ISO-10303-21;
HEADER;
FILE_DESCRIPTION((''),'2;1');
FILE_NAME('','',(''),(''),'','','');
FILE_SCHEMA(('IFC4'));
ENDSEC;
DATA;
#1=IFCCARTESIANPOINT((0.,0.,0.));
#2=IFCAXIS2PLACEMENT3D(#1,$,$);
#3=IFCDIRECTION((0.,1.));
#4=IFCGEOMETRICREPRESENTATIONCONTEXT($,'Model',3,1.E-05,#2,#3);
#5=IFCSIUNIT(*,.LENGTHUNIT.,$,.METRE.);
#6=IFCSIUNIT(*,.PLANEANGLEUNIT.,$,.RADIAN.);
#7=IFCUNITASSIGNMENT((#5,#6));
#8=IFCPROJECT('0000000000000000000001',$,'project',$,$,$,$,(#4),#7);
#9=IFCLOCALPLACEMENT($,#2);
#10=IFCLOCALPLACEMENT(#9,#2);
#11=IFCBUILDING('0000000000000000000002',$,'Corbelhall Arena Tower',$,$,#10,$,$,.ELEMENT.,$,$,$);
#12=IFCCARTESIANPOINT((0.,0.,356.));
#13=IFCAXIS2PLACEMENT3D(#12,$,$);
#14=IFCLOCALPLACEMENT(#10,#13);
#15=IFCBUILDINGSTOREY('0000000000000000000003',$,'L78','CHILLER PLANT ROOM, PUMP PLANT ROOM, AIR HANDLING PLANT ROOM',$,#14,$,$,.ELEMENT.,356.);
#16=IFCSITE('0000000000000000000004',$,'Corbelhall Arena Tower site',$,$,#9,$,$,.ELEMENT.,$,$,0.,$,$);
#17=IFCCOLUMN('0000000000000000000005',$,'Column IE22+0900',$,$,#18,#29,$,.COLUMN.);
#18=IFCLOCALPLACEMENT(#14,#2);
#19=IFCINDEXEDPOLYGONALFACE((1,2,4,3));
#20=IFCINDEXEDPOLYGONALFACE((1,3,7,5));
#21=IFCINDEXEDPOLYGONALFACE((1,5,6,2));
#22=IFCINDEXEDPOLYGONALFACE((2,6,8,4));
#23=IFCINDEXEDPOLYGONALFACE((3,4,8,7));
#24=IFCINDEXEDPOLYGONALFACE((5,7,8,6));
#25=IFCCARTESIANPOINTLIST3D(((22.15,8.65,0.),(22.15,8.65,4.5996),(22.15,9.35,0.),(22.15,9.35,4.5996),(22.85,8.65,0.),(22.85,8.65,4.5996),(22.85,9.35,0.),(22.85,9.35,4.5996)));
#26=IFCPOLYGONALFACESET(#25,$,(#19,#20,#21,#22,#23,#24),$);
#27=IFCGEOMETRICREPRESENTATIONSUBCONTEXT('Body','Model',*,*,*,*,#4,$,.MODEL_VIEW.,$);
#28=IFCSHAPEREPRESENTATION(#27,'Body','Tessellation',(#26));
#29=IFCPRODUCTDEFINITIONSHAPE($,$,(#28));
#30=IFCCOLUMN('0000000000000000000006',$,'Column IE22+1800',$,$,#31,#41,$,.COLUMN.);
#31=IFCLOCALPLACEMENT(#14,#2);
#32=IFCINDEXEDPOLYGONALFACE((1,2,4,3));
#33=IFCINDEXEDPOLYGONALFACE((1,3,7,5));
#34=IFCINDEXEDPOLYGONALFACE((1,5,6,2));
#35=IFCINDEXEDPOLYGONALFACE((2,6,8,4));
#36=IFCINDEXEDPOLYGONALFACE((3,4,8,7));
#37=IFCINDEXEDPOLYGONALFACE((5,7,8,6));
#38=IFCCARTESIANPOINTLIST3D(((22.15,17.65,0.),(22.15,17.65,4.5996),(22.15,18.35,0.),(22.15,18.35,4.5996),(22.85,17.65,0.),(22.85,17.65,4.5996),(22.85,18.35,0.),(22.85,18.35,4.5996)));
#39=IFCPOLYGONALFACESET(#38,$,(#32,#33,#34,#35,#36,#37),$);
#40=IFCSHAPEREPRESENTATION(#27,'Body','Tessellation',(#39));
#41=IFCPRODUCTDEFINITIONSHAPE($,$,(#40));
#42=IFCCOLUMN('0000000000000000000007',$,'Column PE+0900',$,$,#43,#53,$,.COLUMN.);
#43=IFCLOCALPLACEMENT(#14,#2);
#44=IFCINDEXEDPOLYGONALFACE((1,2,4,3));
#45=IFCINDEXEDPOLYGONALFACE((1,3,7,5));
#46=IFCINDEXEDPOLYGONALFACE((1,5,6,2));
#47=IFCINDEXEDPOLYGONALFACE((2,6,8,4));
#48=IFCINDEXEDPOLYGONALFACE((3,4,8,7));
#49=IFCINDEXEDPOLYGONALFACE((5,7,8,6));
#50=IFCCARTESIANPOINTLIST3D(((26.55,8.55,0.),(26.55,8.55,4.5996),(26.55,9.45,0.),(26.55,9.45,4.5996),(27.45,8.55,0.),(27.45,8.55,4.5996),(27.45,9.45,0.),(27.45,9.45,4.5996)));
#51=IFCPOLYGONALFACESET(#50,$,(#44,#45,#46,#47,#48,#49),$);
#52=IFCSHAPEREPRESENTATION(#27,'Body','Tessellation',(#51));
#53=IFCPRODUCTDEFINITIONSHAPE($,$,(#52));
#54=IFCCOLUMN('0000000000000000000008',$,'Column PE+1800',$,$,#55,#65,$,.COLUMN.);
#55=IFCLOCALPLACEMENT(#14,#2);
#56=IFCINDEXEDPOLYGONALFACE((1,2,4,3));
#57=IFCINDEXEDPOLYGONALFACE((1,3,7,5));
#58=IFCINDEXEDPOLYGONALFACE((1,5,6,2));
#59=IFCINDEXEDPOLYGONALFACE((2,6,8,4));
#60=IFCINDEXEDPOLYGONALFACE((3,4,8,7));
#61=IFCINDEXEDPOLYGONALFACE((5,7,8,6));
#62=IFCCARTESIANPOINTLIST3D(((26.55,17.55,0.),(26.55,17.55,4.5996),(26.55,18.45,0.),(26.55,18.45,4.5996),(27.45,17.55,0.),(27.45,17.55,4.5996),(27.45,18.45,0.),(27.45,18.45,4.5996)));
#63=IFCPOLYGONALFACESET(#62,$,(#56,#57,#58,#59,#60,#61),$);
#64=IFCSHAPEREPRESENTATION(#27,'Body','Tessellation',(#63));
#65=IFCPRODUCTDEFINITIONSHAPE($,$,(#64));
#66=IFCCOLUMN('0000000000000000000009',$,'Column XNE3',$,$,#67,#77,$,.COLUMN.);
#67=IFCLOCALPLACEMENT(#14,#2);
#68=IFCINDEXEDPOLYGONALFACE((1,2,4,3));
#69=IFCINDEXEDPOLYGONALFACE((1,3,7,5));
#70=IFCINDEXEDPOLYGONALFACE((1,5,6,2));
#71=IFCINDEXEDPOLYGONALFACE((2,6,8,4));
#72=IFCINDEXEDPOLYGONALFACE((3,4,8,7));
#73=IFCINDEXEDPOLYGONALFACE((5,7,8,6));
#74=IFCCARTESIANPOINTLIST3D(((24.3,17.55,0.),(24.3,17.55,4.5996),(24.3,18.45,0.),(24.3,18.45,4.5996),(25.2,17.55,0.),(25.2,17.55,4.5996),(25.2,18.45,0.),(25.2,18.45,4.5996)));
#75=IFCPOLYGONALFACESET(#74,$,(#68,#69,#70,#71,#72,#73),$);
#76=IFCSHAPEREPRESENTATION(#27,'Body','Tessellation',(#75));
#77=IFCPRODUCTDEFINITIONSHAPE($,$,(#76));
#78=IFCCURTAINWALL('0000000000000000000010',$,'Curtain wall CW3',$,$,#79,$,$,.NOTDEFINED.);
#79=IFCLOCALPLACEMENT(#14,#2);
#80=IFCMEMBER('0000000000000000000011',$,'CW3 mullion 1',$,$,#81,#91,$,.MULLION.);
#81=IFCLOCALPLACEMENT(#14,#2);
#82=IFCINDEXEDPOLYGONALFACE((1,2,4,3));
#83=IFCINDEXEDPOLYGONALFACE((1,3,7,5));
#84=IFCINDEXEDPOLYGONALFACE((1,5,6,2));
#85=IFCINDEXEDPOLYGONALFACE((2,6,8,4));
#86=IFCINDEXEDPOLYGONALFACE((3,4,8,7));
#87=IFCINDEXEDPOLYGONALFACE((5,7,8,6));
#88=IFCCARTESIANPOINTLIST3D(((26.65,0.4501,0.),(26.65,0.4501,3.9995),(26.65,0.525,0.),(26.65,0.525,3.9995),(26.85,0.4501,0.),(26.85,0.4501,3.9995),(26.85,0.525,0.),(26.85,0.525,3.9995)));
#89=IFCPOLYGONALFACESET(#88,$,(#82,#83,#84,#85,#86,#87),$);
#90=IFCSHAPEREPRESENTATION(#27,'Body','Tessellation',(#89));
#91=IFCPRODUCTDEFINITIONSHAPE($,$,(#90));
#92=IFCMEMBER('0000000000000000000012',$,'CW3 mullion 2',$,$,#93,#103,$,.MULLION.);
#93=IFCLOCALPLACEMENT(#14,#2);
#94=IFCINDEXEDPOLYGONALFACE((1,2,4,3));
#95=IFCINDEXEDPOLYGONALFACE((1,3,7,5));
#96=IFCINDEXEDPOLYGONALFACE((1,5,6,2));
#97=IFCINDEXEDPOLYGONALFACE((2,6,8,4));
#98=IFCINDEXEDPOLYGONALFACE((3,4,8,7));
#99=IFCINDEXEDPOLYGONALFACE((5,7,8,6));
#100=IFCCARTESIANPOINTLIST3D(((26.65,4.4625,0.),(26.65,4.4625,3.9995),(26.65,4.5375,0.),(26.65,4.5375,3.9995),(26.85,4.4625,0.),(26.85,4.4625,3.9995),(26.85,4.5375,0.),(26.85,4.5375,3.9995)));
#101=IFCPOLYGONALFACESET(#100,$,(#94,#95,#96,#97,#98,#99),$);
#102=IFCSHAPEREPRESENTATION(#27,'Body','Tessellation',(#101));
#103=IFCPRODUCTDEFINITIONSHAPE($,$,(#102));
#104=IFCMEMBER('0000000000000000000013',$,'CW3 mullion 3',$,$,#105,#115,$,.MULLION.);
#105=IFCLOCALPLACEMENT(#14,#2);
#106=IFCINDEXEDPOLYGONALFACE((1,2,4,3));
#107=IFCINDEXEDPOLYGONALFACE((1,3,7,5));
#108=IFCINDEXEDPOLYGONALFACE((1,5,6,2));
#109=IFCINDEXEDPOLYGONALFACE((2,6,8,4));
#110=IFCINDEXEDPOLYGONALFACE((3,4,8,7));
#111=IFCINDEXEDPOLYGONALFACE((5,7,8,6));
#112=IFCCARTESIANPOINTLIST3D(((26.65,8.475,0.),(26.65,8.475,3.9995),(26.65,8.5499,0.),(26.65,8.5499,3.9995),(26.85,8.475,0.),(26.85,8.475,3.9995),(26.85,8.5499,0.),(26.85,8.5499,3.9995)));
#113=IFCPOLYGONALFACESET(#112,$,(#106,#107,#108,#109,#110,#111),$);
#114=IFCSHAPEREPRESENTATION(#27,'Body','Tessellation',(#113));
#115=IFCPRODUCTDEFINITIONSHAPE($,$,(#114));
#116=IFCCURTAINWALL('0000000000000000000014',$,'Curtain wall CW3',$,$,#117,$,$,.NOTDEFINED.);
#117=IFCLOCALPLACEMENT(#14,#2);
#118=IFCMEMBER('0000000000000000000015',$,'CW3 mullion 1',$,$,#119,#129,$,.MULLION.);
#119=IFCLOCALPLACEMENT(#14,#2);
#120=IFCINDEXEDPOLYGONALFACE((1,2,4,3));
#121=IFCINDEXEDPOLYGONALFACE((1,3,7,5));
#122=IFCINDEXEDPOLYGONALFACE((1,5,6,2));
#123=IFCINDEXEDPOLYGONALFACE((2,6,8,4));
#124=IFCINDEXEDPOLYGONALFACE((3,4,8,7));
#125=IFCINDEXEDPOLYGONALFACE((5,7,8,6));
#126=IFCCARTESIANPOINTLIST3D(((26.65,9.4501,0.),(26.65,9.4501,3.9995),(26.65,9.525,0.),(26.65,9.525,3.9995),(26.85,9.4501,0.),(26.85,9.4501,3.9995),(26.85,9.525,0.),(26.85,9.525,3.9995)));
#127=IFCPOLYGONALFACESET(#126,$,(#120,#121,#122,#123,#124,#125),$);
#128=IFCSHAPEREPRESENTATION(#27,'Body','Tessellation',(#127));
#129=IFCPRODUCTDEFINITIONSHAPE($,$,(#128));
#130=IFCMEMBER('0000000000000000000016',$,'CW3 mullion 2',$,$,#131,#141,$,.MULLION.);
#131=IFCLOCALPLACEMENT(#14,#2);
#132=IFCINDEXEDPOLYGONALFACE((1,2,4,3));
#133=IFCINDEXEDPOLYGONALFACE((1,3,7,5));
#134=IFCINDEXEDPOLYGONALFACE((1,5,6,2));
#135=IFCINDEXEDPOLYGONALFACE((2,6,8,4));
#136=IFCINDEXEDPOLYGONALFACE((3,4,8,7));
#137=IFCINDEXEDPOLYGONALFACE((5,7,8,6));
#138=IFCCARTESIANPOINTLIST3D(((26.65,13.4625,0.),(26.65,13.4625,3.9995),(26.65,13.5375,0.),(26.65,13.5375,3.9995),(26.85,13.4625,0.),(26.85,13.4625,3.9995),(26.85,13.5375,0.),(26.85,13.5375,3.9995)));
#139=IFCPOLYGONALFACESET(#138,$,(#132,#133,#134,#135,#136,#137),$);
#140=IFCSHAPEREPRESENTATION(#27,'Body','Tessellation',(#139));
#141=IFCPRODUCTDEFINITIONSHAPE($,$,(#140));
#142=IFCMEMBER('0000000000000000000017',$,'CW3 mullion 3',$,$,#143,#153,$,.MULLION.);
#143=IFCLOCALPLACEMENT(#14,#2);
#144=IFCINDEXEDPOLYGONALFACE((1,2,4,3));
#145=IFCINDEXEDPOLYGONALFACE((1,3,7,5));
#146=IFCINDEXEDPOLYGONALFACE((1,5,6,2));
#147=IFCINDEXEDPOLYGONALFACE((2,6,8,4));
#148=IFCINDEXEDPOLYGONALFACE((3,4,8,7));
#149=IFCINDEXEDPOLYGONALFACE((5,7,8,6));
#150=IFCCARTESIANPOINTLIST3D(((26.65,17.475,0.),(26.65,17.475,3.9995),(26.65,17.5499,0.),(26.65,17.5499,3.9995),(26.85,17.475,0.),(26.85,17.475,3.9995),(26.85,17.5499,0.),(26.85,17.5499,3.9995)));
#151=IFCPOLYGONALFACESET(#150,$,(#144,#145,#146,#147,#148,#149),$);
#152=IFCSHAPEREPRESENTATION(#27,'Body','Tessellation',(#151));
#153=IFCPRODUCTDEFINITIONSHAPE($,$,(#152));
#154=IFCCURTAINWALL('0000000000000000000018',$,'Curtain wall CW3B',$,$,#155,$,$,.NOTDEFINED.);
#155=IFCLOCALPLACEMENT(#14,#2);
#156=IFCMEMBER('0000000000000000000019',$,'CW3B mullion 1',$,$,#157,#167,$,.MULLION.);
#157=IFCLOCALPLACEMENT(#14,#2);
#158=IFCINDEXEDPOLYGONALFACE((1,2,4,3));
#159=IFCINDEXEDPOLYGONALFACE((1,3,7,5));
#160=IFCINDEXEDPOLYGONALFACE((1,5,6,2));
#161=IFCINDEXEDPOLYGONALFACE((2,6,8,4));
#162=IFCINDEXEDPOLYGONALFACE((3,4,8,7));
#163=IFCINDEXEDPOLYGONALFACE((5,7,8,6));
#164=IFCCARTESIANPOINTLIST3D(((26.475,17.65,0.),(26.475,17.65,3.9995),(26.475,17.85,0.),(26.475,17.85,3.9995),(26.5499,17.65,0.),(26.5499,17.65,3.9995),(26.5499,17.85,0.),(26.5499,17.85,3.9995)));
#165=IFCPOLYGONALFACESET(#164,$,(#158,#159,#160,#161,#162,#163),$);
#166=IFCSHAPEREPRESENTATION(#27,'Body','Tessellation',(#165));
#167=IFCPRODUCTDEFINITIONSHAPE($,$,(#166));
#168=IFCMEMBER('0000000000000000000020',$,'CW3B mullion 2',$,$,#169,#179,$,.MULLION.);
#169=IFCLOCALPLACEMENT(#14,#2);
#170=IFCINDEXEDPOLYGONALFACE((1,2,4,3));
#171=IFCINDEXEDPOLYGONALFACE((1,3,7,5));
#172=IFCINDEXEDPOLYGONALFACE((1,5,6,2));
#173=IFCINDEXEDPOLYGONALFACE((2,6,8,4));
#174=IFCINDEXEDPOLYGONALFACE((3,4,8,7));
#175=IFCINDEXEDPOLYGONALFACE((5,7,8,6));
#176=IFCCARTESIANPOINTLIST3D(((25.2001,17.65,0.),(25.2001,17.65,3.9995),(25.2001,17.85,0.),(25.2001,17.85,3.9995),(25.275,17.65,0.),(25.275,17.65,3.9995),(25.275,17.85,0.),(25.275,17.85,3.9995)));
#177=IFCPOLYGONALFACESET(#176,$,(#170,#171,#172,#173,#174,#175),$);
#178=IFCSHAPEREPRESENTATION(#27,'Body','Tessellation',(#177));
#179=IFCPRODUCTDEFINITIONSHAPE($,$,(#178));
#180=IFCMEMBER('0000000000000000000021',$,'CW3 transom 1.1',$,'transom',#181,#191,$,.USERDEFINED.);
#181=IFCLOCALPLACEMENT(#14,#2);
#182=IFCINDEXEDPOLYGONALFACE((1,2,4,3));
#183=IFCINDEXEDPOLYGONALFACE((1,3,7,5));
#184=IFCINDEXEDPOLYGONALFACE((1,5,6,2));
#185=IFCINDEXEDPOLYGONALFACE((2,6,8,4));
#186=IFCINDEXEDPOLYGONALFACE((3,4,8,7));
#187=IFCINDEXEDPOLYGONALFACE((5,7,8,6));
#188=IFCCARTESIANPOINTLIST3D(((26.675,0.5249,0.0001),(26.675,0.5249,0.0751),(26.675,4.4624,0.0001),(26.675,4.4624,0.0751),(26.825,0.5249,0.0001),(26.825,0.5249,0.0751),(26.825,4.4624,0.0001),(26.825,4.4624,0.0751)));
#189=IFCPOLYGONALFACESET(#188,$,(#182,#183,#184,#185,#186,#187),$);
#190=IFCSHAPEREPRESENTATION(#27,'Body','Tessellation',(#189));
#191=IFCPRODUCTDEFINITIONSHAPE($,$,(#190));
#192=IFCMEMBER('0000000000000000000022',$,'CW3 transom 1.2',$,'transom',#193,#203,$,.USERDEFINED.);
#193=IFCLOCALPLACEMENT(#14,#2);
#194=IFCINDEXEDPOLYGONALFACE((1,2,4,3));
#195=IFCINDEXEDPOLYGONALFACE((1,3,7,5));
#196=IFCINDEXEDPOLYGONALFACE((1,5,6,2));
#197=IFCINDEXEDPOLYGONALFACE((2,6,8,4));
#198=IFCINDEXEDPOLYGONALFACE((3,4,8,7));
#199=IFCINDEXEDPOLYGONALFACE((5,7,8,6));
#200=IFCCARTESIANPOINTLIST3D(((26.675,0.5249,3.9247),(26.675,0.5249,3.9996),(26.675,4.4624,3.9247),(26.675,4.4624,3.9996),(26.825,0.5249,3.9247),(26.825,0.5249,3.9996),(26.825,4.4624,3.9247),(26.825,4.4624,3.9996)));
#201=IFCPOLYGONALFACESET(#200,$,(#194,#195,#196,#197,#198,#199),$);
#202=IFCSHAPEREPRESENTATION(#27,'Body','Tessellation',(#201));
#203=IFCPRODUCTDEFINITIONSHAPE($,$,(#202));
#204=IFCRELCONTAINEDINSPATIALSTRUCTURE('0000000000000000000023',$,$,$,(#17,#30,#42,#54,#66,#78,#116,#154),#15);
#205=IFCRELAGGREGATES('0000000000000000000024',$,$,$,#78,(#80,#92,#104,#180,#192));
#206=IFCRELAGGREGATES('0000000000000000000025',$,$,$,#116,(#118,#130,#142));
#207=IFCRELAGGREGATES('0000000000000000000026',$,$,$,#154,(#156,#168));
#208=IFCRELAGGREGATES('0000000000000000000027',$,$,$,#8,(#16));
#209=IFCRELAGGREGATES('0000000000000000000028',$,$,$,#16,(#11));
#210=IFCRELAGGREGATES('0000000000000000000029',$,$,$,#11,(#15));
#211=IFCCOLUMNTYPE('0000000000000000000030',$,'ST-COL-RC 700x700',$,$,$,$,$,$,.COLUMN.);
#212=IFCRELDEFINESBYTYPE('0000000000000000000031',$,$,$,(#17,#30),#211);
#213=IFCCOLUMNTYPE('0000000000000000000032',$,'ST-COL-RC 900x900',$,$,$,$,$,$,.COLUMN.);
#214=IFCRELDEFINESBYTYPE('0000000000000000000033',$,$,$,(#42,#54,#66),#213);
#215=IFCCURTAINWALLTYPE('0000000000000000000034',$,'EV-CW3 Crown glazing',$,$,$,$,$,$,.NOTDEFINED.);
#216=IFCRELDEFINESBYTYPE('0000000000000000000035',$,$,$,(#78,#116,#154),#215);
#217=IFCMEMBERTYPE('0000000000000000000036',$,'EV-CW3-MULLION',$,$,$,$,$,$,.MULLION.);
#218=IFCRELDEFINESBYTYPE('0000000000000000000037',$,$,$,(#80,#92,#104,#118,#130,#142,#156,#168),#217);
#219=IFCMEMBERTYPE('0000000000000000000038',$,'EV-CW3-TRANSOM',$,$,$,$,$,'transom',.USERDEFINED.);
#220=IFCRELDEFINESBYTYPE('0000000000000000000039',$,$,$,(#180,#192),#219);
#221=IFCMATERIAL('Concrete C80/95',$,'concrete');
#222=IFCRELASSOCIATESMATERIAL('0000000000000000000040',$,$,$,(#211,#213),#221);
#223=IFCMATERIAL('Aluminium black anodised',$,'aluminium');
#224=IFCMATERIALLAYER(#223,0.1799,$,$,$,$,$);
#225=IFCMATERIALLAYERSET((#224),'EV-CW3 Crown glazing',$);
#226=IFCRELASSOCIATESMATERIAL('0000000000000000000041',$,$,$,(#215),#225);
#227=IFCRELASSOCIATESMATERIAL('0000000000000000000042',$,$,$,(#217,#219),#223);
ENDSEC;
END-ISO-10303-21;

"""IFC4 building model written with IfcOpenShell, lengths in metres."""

from ifc_helpers import new_model, si_unit, direction, frame, origin, origin_2d, place, context, subcontext, project, spatial, rectangle, extrude, material, layer, layer_set, material_profile, profile_set, type_object, element, aggregate, save


model = new_model("IFC4")

# Units and contexts
model_context = context("Model", 3, precision=1e-05, world=origin(), true_north=direction((0.0, 1.0)))
body_context = subcontext(model_context, "Body", "Model", "MODEL_VIEW")
ifc_project = project(units=[si_unit("LENGTHUNIT", "METRE"), si_unit("PLANEANGLEUNIT", "RADIAN")], contexts=[model_context])

# Site, building, storey
site_placement = place(None, origin())
site = spatial("IfcSite", under=ifc_project, at=site_placement, Name="Corbelhall Arena Tower site", CompositionType="ELEMENT", RefElevation=0.0)
building_placement = place(site_placement, origin())
building = spatial("IfcBuilding", under=site, at=building_placement, Name="Corbelhall Arena Tower", CompositionType="ELEMENT")
storey_placement = place(building_placement, frame((0.0, 0.0, 356.0)))
storey = spatial("IfcBuildingStorey", under=building, at=storey_placement, Name="L78", Description="CHILLER PLANT ROOM, PUMP PLANT ROOM, AIR HANDLING PLANT ROOM", CompositionType="ELEMENT", Elevation=356.0)

# Columns
ifc_material_1 = material(Name="Concrete C80/95", Category="concrete")
ifc_material_profile_1 = material_profile(ifc_material_1, rectangle(XDim=0.7, YDim=0.7, at=origin_2d()))
ifc_profile_set_1 = profile_set([ifc_material_profile_1], Name="Concrete C80/95")
column_type_1 = type_object("IfcColumnType", Name="ST-COL-RC 700x700", PredefinedType="COLUMN", material=ifc_profile_set_1)
for number, where, z_axis, x_axis, name in (
    (1, (22.5, 9.0, 0.0), (0.0, 0.0, 1.0), (1.0, 0.0, 0.0), "Column IE22+0900"),
    (2, (22.5, 18.0, 0.0), (0.0, 0.0, 1.0), (1.0, 0.0, 0.0), "Column IE22+1800"),
):
    element("IfcColumn", number, at=place(storey_placement, frame(where, z_axis=z_axis, x_axis=x_axis)), inside=storey, type_object=column_type_1, Name=name, PredefinedType="COLUMN", context=body_context, shape_type="SweptSolid", body=[
        extrude(rectangle(XDim=0.7, YDim=0.7, at=origin_2d()), origin(), (0.0, 0.0, 1.0), 4.5996),
    ])
ifc_material_profile_2 = material_profile(ifc_material_1, rectangle(XDim=0.8999, YDim=0.8999, at=origin_2d()))
ifc_profile_set_2 = profile_set([ifc_material_profile_2], Name="Concrete C80/95")
column_type_2 = type_object("IfcColumnType", Name="ST-COL-RC 900x900", PredefinedType="COLUMN", material=ifc_profile_set_2)
for number, where, z_axis, x_axis, name in (
    (3, (27.0, 9.0, 0.0), (0.0, 0.0, 1.0), (0.0, 1.0, 0.0), "Column PE+0900"),
    (4, (27.0, 18.0, 0.0), (0.0, 0.0, 1.0), (0.0, 1.0, 0.0), "Column PE+1800"),
    (5, (24.75, 18.0, 0.0), (0.0, 0.0, 1.0), (1.0, 0.0, 0.0), "Column XNE3"),
):
    element("IfcColumn", number, at=place(storey_placement, frame(where, z_axis=z_axis, x_axis=x_axis)), inside=storey, type_object=column_type_2, Name=name, PredefinedType="COLUMN", context=body_context, shape_type="SweptSolid", body=[
        extrude(rectangle(XDim=0.8999, YDim=0.8999, at=origin_2d()), origin(), (0.0, 0.0, 1.0), 4.5996),
    ])

# Curtain walls, members
ifc_material_2 = material(Name="Aluminium black anodised", Category="aluminium")
ifc_layer_1 = layer(ifc_material_2, 0.1799)
ifc_layer_set_1 = layer_set([ifc_layer_1], Name="EV-CW3 Crown glazing")
curtain_wall_type = type_object("IfcCurtainWallType", Name="EV-CW3 Crown glazing", PredefinedType="NOTDEFINED", material=ifc_layer_set_1)
curtain_wall_1_placement = place(storey_placement, origin())
curtain_wall_1 = element("IfcCurtainWall", 6, at=curtain_wall_1_placement, inside=storey, type_object=curtain_wall_type, Name="Curtain wall CW3", PredefinedType="NOTDEFINED")
ifc_material_profile_3 = material_profile(ifc_material_2, rectangle(XDim=0.2, YDim=0.075, at=origin_2d()))
ifc_profile_set_3 = profile_set([ifc_material_profile_3], Name="Aluminium black anodised")
member_type_1 = type_object("IfcMemberType", Name="EV-CW3-MULLION", PredefinedType="MULLION", material=ifc_profile_set_3)
member_1_placement = place(storey_placement, frame((26.75, 0.4875, 0.0), z_axis=(0.0, 0.0, 1.0), x_axis=(-1.0, 0.0, 0.0)))
member_1 = element("IfcMember", 7, at=member_1_placement, type_object=member_type_1, Name="CW3 mullion 1", PredefinedType="MULLION", context=body_context, shape_type="SweptSolid", body=[
    extrude(rectangle(XDim=0.2, YDim=0.075, at=origin_2d()), origin(), (0.0, 0.0, 1.0), 3.9995),
])
member_2_placement = place(storey_placement, frame((26.75, 4.5, 0.0), z_axis=(0.0, 0.0, 1.0), x_axis=(-1.0, 0.0, 0.0)))
member_2 = element("IfcMember", 8, at=member_2_placement, type_object=member_type_1, Name="CW3 mullion 2", PredefinedType="MULLION", context=body_context, shape_type="SweptSolid", body=[
    extrude(rectangle(XDim=0.2, YDim=0.075, at=origin_2d()), origin(), (0.0, 0.0, 1.0), 3.9995),
])
member_3_placement = place(storey_placement, frame((26.75, 8.5125, 0.0), z_axis=(0.0, 0.0, 1.0), x_axis=(-1.0, 0.0, 0.0)))
member_3 = element("IfcMember", 9, at=member_3_placement, type_object=member_type_1, Name="CW3 mullion 3", PredefinedType="MULLION", context=body_context, shape_type="SweptSolid", body=[
    extrude(rectangle(XDim=0.2, YDim=0.075, at=origin_2d()), origin(), (0.0, 0.0, 1.0), 3.9995),
])
curtain_wall_2_placement = place(storey_placement, origin())
curtain_wall_2 = element("IfcCurtainWall", 10, at=curtain_wall_2_placement, inside=storey, type_object=curtain_wall_type, Name="Curtain wall CW3", PredefinedType="NOTDEFINED")
member_4_placement = place(storey_placement, frame((26.75, 9.4875, 0.0), z_axis=(0.0, 0.0, 1.0), x_axis=(-1.0, 0.0, 0.0)))
member_4 = element("IfcMember", 11, at=member_4_placement, type_object=member_type_1, Name="CW3 mullion 1", PredefinedType="MULLION", context=body_context, shape_type="SweptSolid", body=[
    extrude(rectangle(XDim=0.2, YDim=0.075, at=origin_2d()), origin(), (0.0, 0.0, 1.0), 3.9995),
])
member_5_placement = place(storey_placement, frame((26.75, 13.5, 0.0), z_axis=(0.0, 0.0, 1.0), x_axis=(-1.0, 0.0, 0.0)))
member_5 = element("IfcMember", 12, at=member_5_placement, type_object=member_type_1, Name="CW3 mullion 2", PredefinedType="MULLION", context=body_context, shape_type="SweptSolid", body=[
    extrude(rectangle(XDim=0.2, YDim=0.075, at=origin_2d()), origin(), (0.0, 0.0, 1.0), 3.9995),
])
member_6_placement = place(storey_placement, frame((26.75, 17.5125, 0.0), z_axis=(0.0, 0.0, 1.0), x_axis=(-1.0, 0.0, 0.0)))
member_6 = element("IfcMember", 13, at=member_6_placement, type_object=member_type_1, Name="CW3 mullion 3", PredefinedType="MULLION", context=body_context, shape_type="SweptSolid", body=[
    extrude(rectangle(XDim=0.2, YDim=0.075, at=origin_2d()), origin(), (0.0, 0.0, 1.0), 3.9995),
])
curtain_wall_3_placement = place(storey_placement, origin())
curtain_wall_3 = element("IfcCurtainWall", 14, at=curtain_wall_3_placement, inside=storey, type_object=curtain_wall_type, Name="Curtain wall CW3B", PredefinedType="NOTDEFINED")
member_7_placement = place(storey_placement, frame((26.5125, 17.75, 0.0), z_axis=(0.0, 0.0, 1.0), x_axis=(0.0, -1.0, 0.0)))
member_7 = element("IfcMember", 15, at=member_7_placement, type_object=member_type_1, Name="CW3B mullion 1", PredefinedType="MULLION", context=body_context, shape_type="SweptSolid", body=[
    extrude(rectangle(XDim=0.2, YDim=0.075, at=origin_2d()), origin(), (0.0, 0.0, 1.0), 3.9995),
])
member_8_placement = place(storey_placement, frame((25.2375, 17.75, 0.0), z_axis=(0.0, 0.0, 1.0), x_axis=(0.0, -1.0, 0.0)))
member_8 = element("IfcMember", 16, at=member_8_placement, type_object=member_type_1, Name="CW3B mullion 2", PredefinedType="MULLION", context=body_context, shape_type="SweptSolid", body=[
    extrude(rectangle(XDim=0.2, YDim=0.075, at=origin_2d()), origin(), (0.0, 0.0, 1.0), 3.9995),
])

# Members
ifc_material_profile_4 = material_profile(ifc_material_2, rectangle(XDim=0.1499, YDim=0.075, at=origin_2d()))
ifc_profile_set_4 = profile_set([ifc_material_profile_4], Name="Aluminium black anodised")
member_type_2 = type_object("IfcMemberType", Name="EV-CW3-TRANSOM", ElementType="transom", PredefinedType="USERDEFINED", material=ifc_profile_set_4)
member_9_placement = place(storey_placement, frame((26.75, 0.5249, 0.0376), z_axis=(0.0, 1.0, 0.0), x_axis=(-1.0, 0.0, 0.0)))
member_9 = element("IfcMember", 17, at=member_9_placement, type_object=member_type_2, Name="CW3 transom 1.1", ObjectType="transom", PredefinedType="USERDEFINED", context=body_context, shape_type="SweptSolid", body=[
    extrude(rectangle(XDim=0.1499, YDim=0.075, at=origin_2d()), origin(), (0.0, 0.0, 1.0), 3.9375),
])
member_10_placement = place(storey_placement, frame((26.75, 0.5249, 3.9622), z_axis=(0.0, 1.0, 0.0), x_axis=(-1.0, 0.0, 0.0)))
member_10 = element("IfcMember", 18, at=member_10_placement, type_object=member_type_2, Name="CW3 transom 1.2", ObjectType="transom", PredefinedType="USERDEFINED", context=body_context, shape_type="SweptSolid", body=[
    extrude(rectangle(XDim=0.1499, YDim=0.075, at=origin_2d()), origin(), (0.0, 0.0, 1.0), 3.9375),
])

aggregate(curtain_wall_1, [member_1, member_2, member_3, member_9, member_10])
aggregate(curtain_wall_2, [member_4, member_5, member_6])
aggregate(curtain_wall_3, [member_7, member_8])

save(model, "model.ifc")
